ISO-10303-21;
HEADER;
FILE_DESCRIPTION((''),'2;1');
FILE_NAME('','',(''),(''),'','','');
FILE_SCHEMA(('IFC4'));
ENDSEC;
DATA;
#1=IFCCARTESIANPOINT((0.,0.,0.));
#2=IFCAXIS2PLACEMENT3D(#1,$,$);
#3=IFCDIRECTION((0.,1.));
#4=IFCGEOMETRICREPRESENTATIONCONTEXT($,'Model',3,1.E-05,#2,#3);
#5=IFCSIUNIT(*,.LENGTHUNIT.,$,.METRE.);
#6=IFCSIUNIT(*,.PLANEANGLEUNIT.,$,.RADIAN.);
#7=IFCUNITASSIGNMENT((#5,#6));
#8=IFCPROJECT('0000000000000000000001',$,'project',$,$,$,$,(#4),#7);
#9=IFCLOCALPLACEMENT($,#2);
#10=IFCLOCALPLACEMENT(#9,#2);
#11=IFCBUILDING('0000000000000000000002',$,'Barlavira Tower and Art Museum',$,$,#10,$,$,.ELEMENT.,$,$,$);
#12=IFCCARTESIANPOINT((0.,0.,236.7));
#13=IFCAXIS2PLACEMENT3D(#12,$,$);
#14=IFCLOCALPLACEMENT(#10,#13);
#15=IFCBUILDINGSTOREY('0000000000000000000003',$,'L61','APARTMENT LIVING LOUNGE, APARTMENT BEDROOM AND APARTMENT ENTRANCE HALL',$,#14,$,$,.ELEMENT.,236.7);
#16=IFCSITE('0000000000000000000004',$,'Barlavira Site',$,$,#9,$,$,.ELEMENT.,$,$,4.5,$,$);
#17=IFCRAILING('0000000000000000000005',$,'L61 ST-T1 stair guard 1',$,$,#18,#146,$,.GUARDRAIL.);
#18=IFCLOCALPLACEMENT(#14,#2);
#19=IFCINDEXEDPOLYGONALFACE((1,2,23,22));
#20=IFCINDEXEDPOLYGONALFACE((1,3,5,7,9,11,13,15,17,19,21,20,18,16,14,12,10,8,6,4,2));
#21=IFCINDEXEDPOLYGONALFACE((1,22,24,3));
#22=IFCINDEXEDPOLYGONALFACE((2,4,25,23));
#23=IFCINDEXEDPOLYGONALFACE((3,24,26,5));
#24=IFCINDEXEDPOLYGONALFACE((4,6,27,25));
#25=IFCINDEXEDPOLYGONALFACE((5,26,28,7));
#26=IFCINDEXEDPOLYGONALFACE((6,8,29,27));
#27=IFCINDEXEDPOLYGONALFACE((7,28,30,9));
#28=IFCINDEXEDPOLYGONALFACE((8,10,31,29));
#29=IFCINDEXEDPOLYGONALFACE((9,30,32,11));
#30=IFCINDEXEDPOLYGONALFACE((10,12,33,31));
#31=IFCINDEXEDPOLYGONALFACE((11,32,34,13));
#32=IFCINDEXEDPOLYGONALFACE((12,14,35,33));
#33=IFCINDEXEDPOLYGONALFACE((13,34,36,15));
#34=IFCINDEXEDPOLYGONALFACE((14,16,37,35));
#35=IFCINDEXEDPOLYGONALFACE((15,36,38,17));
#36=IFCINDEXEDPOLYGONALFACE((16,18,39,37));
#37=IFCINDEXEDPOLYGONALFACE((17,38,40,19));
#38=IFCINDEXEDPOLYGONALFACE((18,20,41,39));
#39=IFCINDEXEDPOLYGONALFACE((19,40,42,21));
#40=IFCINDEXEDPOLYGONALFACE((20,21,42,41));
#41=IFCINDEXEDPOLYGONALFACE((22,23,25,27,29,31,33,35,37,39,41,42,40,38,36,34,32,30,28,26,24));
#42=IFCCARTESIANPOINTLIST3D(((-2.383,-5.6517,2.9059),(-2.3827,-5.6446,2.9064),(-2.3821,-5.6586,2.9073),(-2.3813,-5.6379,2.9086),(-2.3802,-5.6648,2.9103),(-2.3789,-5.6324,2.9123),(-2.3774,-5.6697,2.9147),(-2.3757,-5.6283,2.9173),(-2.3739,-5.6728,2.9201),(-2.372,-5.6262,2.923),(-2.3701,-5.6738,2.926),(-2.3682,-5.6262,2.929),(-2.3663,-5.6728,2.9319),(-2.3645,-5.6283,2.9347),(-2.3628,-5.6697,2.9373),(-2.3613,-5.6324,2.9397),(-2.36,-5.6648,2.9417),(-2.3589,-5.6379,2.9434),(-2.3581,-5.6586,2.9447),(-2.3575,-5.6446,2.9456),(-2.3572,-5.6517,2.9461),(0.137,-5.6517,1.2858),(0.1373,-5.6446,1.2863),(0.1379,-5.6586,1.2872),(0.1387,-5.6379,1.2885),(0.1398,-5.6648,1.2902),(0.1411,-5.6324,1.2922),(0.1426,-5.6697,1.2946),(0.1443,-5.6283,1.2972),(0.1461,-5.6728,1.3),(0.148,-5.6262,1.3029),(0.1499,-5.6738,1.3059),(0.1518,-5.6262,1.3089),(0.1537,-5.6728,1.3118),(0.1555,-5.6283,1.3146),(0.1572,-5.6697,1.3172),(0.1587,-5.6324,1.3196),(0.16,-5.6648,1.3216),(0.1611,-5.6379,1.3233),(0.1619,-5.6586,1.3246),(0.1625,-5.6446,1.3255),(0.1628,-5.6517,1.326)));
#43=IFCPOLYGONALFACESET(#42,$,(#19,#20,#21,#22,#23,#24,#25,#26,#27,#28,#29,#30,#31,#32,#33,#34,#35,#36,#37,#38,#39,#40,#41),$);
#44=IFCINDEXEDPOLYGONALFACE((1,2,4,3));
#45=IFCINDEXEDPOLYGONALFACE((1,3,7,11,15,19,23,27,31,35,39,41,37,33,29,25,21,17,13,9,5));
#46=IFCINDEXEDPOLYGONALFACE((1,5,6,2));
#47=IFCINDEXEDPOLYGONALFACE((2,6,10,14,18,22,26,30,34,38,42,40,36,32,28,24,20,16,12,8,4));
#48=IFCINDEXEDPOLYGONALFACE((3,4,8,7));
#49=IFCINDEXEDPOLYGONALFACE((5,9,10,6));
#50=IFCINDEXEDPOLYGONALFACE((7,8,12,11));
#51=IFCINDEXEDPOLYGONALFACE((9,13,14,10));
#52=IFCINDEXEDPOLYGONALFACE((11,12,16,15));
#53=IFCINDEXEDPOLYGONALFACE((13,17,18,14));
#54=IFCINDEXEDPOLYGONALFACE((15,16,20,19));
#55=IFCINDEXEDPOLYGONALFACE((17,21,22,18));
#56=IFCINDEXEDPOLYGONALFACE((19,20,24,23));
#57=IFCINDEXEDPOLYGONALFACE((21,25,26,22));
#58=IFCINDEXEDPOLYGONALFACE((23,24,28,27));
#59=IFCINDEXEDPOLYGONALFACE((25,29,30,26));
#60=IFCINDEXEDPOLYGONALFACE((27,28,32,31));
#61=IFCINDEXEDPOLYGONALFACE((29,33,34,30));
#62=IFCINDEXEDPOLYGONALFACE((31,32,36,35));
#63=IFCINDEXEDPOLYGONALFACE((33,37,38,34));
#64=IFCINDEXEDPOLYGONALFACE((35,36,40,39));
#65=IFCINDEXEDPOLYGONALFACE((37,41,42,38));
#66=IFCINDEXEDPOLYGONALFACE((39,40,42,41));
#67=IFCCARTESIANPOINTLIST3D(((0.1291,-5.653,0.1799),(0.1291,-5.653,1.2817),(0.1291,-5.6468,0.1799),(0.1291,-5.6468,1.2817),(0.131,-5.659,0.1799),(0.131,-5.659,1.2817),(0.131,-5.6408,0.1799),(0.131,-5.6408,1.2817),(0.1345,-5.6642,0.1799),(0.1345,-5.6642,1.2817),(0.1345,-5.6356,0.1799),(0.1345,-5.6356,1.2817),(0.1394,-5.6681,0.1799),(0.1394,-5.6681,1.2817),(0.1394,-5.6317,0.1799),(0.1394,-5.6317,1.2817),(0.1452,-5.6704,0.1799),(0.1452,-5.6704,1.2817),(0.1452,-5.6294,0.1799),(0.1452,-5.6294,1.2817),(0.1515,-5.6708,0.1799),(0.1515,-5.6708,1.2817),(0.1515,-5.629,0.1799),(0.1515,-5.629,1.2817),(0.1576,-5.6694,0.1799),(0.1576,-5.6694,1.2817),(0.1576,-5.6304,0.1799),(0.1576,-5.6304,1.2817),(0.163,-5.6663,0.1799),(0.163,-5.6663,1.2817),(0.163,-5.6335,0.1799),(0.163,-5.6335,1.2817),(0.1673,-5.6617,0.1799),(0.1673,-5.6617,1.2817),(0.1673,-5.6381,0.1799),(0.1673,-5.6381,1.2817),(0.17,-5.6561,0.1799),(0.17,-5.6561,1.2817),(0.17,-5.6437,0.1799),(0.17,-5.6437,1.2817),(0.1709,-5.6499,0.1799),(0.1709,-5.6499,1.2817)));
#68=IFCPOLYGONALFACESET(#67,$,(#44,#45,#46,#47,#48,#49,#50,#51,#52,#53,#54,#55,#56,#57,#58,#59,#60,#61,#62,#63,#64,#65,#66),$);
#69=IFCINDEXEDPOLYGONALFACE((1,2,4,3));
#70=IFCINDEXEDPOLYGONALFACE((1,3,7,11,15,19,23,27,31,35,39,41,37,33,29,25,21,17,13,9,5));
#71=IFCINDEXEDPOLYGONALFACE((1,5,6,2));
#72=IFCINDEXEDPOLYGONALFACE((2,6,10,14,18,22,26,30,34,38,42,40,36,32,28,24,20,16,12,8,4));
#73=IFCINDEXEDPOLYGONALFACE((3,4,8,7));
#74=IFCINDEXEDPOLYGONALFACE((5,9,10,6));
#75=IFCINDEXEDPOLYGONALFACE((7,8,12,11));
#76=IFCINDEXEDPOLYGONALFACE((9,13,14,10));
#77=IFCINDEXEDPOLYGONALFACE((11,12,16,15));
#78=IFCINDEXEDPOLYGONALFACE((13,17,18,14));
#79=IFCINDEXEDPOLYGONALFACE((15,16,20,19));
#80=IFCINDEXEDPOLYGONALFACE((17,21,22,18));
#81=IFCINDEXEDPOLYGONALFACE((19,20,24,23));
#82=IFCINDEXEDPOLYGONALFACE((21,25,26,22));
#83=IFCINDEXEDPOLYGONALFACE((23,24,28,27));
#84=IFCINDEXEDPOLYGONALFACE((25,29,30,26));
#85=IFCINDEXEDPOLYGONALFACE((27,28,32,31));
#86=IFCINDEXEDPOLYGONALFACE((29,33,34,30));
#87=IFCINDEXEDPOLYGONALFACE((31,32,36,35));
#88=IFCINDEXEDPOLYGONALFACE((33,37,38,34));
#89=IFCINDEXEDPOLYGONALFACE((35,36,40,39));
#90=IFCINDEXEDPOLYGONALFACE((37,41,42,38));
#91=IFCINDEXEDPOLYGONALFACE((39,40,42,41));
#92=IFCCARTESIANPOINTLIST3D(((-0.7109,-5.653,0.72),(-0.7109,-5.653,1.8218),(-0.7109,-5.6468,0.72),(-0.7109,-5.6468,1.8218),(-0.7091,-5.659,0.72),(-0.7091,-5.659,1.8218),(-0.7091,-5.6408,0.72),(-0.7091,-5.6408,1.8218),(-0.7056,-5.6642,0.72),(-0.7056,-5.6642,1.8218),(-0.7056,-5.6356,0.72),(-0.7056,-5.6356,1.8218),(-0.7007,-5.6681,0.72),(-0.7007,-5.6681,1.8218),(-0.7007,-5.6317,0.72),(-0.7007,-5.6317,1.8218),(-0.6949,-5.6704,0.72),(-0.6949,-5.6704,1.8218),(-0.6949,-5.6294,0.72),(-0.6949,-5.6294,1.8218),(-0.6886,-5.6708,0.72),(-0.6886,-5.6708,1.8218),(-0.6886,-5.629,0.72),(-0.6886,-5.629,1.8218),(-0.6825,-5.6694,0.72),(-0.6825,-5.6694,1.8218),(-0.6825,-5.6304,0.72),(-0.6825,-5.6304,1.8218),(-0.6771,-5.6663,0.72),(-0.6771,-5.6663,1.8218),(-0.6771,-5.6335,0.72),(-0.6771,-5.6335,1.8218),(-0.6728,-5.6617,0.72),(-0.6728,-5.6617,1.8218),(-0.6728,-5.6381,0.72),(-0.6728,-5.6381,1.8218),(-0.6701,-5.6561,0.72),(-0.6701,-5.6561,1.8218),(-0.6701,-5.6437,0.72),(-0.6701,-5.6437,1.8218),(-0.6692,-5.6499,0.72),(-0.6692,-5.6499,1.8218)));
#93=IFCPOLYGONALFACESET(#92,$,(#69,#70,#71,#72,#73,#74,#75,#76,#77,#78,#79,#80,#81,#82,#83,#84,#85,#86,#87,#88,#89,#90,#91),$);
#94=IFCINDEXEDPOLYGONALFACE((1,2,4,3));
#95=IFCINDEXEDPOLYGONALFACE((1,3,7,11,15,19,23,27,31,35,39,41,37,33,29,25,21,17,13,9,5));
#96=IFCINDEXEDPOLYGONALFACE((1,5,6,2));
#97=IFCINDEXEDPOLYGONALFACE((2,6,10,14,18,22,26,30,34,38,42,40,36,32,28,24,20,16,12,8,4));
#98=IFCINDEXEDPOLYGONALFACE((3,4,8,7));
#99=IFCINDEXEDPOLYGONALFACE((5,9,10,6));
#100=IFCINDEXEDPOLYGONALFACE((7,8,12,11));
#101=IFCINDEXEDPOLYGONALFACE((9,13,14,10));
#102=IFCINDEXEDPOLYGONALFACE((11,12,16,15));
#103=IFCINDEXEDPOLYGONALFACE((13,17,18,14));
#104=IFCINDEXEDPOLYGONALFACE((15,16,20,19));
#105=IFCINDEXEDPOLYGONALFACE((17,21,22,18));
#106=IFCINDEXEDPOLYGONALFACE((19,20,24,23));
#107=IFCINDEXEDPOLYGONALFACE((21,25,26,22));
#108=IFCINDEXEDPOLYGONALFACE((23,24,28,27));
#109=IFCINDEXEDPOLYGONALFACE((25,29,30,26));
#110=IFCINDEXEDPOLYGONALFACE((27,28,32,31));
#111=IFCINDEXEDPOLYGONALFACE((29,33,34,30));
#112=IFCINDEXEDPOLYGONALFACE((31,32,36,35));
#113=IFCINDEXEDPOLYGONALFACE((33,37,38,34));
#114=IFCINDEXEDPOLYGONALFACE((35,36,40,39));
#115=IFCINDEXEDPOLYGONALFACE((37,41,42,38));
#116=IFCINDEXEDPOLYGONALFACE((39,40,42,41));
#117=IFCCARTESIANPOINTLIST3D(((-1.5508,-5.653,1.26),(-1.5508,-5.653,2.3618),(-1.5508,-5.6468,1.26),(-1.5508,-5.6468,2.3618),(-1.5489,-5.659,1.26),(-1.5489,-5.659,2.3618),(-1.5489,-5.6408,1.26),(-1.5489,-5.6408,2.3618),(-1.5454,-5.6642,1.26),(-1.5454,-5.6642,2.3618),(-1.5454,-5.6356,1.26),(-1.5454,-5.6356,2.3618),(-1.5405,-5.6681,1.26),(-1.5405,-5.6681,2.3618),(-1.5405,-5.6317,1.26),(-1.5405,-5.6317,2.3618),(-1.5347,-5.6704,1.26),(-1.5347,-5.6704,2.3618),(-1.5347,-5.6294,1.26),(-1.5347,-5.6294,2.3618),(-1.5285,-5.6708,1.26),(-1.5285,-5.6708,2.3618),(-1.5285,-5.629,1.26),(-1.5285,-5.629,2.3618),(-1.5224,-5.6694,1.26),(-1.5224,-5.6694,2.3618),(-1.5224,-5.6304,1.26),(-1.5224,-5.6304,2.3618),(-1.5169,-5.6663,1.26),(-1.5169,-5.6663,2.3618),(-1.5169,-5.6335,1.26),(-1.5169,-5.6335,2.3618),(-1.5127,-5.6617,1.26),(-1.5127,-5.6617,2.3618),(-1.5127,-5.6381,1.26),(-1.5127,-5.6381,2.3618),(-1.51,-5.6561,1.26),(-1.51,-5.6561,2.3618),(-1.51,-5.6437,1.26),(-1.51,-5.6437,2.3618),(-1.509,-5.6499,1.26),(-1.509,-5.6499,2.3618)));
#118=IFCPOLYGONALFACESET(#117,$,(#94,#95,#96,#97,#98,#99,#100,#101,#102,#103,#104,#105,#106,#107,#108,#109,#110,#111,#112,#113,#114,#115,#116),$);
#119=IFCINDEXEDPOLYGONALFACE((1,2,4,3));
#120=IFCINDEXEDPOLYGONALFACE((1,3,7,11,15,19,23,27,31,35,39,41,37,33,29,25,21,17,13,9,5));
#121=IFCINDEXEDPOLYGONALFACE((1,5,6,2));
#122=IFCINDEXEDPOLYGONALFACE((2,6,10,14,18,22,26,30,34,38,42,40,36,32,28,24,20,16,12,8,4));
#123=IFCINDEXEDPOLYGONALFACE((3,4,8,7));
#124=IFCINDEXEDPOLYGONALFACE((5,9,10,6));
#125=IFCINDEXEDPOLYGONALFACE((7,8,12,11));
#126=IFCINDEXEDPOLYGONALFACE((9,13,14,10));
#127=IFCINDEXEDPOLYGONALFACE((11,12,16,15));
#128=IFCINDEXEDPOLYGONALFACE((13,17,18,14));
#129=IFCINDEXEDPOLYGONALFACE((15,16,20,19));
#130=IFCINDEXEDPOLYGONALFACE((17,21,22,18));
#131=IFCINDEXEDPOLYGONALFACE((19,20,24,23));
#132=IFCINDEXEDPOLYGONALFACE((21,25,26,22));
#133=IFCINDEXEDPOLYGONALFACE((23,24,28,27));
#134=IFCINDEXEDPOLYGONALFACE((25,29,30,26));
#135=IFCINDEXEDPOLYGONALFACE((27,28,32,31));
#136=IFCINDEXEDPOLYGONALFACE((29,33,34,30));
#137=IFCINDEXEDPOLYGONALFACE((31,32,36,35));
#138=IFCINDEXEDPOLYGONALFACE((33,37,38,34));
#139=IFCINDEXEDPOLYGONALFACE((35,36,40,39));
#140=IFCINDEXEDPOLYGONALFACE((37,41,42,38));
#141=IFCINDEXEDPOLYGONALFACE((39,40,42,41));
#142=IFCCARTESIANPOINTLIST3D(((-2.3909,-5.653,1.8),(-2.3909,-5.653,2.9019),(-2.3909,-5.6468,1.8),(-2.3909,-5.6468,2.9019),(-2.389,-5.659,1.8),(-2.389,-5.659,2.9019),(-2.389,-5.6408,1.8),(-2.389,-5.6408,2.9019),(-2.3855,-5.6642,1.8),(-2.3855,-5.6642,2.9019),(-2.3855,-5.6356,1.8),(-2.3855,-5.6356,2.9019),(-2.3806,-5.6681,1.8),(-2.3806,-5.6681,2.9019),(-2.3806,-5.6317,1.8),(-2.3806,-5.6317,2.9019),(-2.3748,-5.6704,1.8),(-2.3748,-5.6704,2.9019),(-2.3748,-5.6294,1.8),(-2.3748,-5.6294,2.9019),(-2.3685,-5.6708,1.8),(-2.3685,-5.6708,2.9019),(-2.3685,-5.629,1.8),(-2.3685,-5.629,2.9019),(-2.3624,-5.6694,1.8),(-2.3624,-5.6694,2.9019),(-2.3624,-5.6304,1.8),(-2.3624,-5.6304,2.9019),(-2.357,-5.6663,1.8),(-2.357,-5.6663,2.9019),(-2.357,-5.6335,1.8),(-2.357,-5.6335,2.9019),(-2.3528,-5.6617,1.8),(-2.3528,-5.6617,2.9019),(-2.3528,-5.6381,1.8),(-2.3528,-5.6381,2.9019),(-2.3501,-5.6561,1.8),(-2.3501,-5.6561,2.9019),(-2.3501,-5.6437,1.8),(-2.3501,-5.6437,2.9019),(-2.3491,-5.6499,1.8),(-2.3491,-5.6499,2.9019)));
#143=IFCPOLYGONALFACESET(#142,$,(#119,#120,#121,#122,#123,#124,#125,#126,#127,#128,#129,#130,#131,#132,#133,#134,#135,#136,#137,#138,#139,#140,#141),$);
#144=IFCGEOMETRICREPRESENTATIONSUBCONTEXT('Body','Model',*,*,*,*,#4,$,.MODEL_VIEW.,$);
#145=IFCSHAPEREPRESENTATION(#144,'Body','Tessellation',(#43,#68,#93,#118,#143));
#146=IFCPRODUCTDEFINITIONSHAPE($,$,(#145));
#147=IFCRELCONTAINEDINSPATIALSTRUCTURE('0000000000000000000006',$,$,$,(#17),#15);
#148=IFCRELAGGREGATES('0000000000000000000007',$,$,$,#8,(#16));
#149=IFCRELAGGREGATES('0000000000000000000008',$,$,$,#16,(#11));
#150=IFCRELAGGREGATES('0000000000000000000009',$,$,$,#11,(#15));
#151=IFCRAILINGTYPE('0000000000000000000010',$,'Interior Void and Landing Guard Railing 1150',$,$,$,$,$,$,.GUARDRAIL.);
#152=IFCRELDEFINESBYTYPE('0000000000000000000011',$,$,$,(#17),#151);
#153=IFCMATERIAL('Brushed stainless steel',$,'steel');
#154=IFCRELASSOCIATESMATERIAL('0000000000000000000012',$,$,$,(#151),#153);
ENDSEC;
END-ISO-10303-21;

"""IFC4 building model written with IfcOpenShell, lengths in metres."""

from ifc_helpers import new_model, si_unit, direction, frame, origin, origin_2d, place, context, subcontext, project, spatial, circle, extrude, material, type_object, element, save


model = new_model("IFC4")

# Units and contexts
model_context = context("Model", 3, precision=1e-05, world=origin(), true_north=direction((0.0, 1.0)))
body_context = subcontext(model_context, "Body", "Model", "MODEL_VIEW")
ifc_project = project(units=[si_unit("LENGTHUNIT", "METRE"), si_unit("PLANEANGLEUNIT", "RADIAN")], contexts=[model_context])

# Site, building, storey
site_placement = place(None, origin())
site = spatial("IfcSite", under=ifc_project, at=site_placement, Name="Barlavira Site", CompositionType="ELEMENT", RefElevation=4.5)
building_placement = place(site_placement, origin())
building = spatial("IfcBuilding", under=site, at=building_placement, Name="Barlavira Tower and Art Museum", CompositionType="ELEMENT")
storey_placement = place(building_placement, frame((0.0, 0.0, 236.7)))
storey = spatial("IfcBuildingStorey", under=building, at=storey_placement, Name="L61", Description="APARTMENT LIVING LOUNGE, APARTMENT BEDROOM AND APARTMENT ENTRANCE HALL", CompositionType="ELEMENT", Elevation=236.7)

# Shared definitions
ifc_material_1 = material(Name="Brushed stainless steel", Category="steel")

# Railing
railing_type_1 = type_object("IfcRailingType", Name="Interior Void and Landing Guard Railing 1150", PredefinedType="GUARDRAIL", material=ifc_material_1)
railing_1_placement = place(storey_placement, frame((0.1499, -5.6499, 0.1799)))
element("IfcRailing", 1, at=railing_1_placement, inside=storey, type_object=railing_type_1, Name="L61 ST-T1 stair guard 1", PredefinedType="GUARDRAIL", context=body_context, shape_type="SweptSolid", body=[
    extrude(circle(Radius=0.0239, at=origin_2d()), frame((0.0, 0.0, 1.126), z_axis=(-0.841163, 0.0, 0.540782), x_axis=(0.0, -1.0, 0.0)), (0.0, 0.0, 1.0), 2.9958),
    extrude(circle(Radius=0.021, at=origin_2d()), origin(), (0.0, 0.0, 1.0), 1.1018),
    extrude(circle(Radius=0.021, at=origin_2d()), frame((-0.8401, 0.0, 0.54)), (0.0, 0.0, 1.0), 1.1018),
    extrude(circle(Radius=0.021, at=origin_2d()), frame((-1.6799, 0.0, 1.0801)), (0.0, 0.0, 1.0), 1.1018),
    extrude(circle(Radius=0.021, at=origin_2d()), frame((-2.52, 0.0, 1.6201)), (0.0, 0.0, 1.0), 1.1018),
])

save(model, "model.ifc")
